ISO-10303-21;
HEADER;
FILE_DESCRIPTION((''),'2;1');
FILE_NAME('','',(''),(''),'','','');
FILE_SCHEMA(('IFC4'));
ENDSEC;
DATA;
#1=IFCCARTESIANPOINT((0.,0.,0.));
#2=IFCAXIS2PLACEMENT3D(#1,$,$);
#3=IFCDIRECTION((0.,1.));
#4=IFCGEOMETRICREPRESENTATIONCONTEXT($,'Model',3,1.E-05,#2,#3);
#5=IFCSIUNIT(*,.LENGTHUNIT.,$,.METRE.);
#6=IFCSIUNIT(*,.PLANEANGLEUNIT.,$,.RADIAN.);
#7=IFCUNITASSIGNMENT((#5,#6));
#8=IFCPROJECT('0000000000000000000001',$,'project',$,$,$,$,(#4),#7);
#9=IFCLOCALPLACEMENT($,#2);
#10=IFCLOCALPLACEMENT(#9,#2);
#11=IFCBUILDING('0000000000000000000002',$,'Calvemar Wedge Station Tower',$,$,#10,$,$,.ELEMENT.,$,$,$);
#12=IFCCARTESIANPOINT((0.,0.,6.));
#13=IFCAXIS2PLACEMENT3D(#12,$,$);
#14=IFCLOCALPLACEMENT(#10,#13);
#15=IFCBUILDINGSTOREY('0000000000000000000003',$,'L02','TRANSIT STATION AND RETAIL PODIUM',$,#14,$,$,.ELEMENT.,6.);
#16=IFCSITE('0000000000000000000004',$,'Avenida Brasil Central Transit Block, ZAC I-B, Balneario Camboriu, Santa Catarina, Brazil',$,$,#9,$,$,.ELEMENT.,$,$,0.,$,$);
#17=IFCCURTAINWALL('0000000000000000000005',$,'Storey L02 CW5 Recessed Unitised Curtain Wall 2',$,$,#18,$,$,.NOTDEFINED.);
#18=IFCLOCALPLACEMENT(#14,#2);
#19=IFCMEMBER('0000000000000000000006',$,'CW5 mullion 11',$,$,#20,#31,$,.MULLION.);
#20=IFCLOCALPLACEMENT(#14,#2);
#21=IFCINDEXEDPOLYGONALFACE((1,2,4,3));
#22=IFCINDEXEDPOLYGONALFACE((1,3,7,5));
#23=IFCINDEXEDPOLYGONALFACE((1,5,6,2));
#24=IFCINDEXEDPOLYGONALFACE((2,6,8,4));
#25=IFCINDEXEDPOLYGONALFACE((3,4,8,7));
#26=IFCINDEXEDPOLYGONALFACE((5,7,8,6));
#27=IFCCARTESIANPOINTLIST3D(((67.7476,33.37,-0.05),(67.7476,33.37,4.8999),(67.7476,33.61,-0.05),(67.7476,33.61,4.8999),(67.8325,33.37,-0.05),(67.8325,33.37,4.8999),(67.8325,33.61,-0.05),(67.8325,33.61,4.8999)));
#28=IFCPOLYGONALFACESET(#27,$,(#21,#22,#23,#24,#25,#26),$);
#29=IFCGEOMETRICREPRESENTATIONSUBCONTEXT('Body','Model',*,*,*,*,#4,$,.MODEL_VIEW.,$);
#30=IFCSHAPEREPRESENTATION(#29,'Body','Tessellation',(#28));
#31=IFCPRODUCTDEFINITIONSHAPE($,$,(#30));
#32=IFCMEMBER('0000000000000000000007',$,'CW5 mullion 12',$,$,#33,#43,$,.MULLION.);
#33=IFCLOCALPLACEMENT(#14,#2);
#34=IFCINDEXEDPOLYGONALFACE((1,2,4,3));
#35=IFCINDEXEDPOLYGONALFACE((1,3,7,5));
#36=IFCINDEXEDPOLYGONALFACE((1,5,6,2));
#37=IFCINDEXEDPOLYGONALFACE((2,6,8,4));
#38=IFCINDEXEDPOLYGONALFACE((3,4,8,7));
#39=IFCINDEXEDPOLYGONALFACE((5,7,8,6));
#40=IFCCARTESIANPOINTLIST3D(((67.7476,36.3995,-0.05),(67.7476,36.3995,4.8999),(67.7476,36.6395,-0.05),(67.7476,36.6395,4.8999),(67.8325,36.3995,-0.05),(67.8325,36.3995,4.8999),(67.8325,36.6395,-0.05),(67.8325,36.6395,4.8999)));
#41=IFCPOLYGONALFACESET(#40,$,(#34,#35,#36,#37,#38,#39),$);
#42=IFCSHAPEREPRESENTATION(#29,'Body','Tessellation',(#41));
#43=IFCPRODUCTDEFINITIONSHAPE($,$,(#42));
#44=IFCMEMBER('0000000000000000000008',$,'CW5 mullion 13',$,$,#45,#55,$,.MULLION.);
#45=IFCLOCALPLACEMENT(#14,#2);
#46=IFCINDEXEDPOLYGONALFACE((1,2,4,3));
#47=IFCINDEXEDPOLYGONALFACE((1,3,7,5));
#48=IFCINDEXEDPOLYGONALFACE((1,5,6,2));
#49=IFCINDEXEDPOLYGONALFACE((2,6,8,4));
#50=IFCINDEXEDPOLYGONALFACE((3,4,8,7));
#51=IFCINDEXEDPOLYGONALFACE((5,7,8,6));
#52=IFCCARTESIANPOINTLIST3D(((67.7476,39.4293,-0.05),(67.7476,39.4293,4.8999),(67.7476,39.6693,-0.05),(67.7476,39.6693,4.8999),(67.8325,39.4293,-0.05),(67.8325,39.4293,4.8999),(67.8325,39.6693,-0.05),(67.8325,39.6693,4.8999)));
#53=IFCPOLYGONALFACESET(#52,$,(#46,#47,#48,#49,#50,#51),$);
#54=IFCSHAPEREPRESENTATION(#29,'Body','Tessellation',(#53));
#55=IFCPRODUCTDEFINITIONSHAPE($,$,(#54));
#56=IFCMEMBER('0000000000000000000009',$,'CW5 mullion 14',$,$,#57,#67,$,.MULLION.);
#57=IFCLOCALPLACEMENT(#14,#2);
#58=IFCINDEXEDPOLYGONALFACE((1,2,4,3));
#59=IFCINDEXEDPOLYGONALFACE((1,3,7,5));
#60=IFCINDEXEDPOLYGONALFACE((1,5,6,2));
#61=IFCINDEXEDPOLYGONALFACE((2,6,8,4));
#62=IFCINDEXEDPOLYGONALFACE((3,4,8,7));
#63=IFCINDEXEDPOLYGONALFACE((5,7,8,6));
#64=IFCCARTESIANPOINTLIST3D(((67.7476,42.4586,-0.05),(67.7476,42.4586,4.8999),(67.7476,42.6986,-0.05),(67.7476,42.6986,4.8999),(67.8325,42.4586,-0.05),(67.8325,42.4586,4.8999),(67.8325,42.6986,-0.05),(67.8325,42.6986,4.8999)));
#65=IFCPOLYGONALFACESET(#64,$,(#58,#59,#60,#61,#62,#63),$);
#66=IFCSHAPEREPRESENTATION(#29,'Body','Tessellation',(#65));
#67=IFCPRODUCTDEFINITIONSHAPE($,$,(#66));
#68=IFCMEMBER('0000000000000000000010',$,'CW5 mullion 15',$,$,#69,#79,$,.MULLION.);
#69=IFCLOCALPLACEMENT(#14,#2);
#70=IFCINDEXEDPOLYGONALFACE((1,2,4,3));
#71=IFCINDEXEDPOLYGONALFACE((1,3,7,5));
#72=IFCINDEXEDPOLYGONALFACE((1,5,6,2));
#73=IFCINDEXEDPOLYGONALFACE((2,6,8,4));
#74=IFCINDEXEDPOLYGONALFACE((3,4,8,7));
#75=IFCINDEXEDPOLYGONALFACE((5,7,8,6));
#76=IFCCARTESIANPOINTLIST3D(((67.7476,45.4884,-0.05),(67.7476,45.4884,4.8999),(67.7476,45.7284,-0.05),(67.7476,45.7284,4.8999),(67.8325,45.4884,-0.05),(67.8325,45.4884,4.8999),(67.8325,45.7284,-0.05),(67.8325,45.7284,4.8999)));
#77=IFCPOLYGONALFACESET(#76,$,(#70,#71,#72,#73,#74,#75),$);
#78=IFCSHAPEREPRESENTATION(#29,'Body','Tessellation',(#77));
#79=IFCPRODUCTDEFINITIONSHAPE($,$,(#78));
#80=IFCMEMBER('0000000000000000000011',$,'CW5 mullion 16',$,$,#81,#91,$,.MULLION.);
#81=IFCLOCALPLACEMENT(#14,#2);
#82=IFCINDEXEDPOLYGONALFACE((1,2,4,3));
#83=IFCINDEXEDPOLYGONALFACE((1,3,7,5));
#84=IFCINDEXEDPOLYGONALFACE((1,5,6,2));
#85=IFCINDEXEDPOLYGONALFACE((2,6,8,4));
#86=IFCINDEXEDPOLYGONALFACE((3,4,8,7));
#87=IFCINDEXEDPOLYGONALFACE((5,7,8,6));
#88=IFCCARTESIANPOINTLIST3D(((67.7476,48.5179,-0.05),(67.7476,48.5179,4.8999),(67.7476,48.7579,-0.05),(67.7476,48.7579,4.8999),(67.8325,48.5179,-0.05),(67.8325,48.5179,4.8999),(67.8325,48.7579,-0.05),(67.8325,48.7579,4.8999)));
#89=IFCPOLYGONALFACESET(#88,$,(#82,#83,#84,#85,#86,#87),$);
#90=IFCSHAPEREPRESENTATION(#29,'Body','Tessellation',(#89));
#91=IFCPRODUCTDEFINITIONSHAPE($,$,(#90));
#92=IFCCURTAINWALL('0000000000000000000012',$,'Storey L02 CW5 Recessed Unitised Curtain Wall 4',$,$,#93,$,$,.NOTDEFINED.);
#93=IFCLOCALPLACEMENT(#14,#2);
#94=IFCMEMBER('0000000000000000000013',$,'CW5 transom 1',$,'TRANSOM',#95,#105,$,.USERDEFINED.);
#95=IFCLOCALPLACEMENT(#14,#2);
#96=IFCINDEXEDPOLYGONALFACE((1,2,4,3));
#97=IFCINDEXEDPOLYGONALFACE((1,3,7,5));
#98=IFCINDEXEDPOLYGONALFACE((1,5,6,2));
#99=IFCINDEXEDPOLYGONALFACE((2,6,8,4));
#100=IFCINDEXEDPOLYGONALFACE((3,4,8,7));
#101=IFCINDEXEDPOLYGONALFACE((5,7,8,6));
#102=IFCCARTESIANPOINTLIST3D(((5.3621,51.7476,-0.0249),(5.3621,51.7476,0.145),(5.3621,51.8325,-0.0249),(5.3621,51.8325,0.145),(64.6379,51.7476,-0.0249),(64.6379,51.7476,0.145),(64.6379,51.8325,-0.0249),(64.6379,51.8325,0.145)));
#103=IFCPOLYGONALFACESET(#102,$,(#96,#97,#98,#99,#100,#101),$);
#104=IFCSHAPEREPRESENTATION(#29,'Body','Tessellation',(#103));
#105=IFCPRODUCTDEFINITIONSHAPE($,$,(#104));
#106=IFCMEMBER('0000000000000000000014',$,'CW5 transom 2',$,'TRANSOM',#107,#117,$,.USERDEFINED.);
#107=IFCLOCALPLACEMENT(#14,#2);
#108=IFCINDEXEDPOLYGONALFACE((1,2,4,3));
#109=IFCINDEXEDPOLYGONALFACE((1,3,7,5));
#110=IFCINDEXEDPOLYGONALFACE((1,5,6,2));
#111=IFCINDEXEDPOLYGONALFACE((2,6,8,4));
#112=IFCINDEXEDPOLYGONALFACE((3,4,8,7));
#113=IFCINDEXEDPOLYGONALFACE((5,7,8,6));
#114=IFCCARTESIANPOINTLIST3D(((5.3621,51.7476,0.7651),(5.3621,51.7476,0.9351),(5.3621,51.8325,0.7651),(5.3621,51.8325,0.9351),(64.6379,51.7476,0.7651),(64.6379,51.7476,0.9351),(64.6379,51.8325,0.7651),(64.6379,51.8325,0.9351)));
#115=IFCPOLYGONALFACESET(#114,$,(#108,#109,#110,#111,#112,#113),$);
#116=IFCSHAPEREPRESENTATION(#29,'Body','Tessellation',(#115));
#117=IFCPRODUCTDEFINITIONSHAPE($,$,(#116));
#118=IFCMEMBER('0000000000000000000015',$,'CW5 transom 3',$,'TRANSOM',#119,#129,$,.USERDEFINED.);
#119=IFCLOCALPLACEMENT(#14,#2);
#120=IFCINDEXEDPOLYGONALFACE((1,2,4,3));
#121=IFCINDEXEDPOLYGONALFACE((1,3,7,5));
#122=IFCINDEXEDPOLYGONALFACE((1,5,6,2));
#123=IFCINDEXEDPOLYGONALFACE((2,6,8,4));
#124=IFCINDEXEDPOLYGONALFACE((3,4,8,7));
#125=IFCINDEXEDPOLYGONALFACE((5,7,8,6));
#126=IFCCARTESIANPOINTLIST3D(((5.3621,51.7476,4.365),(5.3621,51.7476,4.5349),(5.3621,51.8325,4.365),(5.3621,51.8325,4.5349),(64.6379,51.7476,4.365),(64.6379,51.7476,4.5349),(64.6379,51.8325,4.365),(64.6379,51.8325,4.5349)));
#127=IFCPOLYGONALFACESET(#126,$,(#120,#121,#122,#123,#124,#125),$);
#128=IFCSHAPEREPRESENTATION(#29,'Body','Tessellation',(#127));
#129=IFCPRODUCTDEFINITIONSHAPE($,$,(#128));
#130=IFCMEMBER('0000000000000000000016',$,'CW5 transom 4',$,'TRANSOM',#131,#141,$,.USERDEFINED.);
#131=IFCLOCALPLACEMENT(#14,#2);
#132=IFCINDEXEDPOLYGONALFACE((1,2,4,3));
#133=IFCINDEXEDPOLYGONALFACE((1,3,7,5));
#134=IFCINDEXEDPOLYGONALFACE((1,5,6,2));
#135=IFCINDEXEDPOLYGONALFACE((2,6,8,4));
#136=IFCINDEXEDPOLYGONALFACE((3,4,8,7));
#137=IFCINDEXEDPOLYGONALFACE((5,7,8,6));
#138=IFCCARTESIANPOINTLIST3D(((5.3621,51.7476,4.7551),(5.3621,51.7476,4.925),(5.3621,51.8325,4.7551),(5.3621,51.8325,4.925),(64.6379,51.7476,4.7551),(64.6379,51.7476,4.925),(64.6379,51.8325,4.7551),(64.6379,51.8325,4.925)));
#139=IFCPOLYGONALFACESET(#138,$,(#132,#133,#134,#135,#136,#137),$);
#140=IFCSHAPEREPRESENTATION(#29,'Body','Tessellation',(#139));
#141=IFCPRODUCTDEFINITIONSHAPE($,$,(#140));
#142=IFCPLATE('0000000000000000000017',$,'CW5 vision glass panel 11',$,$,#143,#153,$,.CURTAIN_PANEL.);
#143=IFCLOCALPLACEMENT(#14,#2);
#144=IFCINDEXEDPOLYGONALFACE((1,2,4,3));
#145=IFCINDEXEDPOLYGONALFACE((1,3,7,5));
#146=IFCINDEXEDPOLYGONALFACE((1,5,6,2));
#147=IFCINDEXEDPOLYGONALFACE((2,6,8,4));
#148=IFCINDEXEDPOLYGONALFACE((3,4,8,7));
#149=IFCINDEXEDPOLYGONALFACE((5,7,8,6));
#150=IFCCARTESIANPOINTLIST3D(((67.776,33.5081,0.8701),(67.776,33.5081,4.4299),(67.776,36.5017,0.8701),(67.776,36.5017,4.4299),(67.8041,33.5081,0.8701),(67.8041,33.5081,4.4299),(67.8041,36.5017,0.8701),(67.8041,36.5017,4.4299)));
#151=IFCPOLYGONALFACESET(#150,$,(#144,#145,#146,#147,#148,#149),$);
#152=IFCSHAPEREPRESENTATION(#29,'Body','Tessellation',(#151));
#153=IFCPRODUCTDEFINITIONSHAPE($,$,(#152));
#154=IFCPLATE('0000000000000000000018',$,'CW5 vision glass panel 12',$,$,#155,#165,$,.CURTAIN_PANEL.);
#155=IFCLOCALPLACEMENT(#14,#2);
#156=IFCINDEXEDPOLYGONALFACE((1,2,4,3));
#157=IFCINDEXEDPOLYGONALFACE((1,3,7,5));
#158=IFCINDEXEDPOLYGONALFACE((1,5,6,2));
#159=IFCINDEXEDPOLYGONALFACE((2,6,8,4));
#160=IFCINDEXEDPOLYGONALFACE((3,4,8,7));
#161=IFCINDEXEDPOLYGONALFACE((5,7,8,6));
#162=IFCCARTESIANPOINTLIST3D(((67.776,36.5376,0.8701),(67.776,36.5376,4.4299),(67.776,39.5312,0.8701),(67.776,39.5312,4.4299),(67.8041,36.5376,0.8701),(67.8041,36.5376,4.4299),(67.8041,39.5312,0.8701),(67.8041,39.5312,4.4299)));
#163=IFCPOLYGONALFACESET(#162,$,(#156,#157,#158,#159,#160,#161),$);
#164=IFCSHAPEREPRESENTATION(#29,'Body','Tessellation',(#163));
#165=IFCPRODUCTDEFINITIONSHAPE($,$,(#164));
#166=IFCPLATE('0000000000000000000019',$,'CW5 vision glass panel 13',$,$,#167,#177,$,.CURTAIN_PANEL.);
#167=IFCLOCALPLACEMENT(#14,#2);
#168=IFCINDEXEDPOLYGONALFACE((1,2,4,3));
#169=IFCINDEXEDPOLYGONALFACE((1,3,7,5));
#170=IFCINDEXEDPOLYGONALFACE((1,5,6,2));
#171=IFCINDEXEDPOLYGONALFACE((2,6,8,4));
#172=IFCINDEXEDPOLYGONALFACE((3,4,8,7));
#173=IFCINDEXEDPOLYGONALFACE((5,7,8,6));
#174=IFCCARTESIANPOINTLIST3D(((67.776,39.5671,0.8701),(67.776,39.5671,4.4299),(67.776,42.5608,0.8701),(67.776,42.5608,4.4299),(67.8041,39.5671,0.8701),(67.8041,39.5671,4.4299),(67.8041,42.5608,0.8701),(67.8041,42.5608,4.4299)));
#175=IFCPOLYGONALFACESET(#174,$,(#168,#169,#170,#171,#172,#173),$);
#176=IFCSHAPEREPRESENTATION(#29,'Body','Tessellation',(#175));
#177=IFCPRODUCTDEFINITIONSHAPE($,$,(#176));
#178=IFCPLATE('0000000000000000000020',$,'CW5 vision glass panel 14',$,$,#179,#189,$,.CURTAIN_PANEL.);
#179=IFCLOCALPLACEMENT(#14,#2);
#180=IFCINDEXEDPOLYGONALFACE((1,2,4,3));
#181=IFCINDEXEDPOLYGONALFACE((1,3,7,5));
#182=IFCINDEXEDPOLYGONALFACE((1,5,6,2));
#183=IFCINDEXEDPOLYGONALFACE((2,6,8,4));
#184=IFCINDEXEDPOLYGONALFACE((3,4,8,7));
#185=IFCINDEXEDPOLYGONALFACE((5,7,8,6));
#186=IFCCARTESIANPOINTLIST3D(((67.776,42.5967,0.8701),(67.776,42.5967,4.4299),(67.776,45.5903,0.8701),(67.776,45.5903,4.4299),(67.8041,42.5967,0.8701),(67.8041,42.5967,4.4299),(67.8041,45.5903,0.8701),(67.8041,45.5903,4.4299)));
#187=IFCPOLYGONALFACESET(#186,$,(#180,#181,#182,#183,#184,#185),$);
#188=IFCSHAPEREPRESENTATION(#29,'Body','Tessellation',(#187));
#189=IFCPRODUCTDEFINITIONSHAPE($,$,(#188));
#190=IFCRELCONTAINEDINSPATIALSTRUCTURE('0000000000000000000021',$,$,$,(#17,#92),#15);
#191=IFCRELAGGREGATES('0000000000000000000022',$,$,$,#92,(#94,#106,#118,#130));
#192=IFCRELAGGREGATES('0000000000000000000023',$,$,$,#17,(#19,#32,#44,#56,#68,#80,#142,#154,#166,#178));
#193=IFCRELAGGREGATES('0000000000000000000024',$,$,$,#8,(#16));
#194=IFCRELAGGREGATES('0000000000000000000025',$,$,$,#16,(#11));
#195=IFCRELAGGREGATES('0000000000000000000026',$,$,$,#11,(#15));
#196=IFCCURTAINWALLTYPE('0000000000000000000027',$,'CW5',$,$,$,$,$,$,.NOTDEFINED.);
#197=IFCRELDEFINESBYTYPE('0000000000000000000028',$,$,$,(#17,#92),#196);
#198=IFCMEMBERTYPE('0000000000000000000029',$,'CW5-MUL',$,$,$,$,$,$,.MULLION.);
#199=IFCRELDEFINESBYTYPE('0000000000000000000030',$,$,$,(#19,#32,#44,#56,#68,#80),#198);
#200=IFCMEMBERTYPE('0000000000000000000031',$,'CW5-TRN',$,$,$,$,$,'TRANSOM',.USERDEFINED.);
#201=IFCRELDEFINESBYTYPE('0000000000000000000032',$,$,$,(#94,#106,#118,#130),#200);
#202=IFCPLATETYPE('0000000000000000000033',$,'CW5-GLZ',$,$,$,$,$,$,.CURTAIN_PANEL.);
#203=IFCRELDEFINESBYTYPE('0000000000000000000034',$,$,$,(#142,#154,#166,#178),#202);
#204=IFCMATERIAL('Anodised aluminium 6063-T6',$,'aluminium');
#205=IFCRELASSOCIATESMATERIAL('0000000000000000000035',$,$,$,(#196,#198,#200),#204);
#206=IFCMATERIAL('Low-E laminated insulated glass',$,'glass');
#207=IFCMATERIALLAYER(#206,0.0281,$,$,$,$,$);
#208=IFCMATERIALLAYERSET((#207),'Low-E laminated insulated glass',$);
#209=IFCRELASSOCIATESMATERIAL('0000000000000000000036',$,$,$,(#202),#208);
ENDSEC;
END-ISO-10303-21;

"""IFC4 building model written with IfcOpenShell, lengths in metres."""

from ifc_helpers import new_model, si_unit, direction, frame, frame_2d, origin, origin_2d, place, context, subcontext, project, spatial, rectangle, extrude, source, transform, mapped, material, layer, layer_set, material_profile, profile_set, type_object, element, aggregate, save


model = new_model("IFC4")

# Units and contexts
model_context = context("Model", 3, precision=1e-05, world=origin(), true_north=direction((0.0, 1.0)))
body_context = subcontext(model_context, "Body", "Model", "MODEL_VIEW")
ifc_project = project(units=[si_unit("LENGTHUNIT", "METRE"), si_unit("PLANEANGLEUNIT", "RADIAN")], contexts=[model_context])

# Site, building, storey
site_placement = place(None, origin())
site = spatial("IfcSite", under=ifc_project, at=site_placement, Name="Avenida Brasil Central Transit Block, ZAC I-B, Balneario Camboriu, Santa Catarina, Brazil", CompositionType="ELEMENT", RefElevation=0.0)
building_placement = place(site_placement, origin())
building = spatial("IfcBuilding", under=site, at=building_placement, Name="Calvemar Wedge Station Tower", CompositionType="ELEMENT")
storey_placement = place(building_placement, frame((0.0, 0.0, 6.0)))
storey = spatial("IfcBuildingStorey", under=building, at=storey_placement, Name="L02", Description="TRANSIT STATION AND RETAIL PODIUM", CompositionType="ELEMENT", Elevation=6.0)

# Curtain walls, members
ifc_material_1 = material(Name="Anodised aluminium 6063-T6", Category="aluminium")
curtain_wall_type = type_object("IfcCurtainWallType", Name="CW5", PredefinedType="NOTDEFINED", material=ifc_material_1)
curtain_wall_1_placement = place(storey_placement, origin())
curtain_wall_1 = element("IfcCurtainWall", 1, at=curtain_wall_1_placement, inside=storey, type_object=curtain_wall_type, Name="Storey L02 CW5 Recessed Unitised Curtain Wall 2", PredefinedType="NOTDEFINED")
ifc_material_profile_1 = material_profile(ifc_material_1, rectangle(XDim=0.085, YDim=0.24, at=origin_2d()), Name="AL-MUL-85x240")
ifc_profile_set_1 = profile_set([ifc_material_profile_1], Name="Anodised aluminium 6063-T6")
member_type_1 = type_object("IfcMemberType", Name="CW5-MUL", PredefinedType="MULLION", material=ifc_profile_set_1)
shared_shape_1 = source(origin(), body_context, "Body", "SweptSolid", [
    extrude(rectangle(XDim=0.085, YDim=0.24, at=origin_2d()), origin(), (0.0, 0.0, 1.0), 4.95),
])
member_1_placement = place(storey_placement, frame((67.79, 33.49, -0.05), z_axis=(0.0, 0.0, 1.0), x_axis=(1.0, 0.0, 0.0)))
member_1 = element("IfcMember", 2, at=member_1_placement, type_object=member_type_1, Name="CW5 mullion 11", PredefinedType="MULLION", context=body_context, shape_type="MappedRepresentation", body=[
    mapped(shared_shape_1, transform((0.0, 0.0, 0.0), scale=1.0)),
])
member_2_placement = place(storey_placement, frame((67.79, 36.5195, -0.05), z_axis=(0.0, 0.0, 1.0), x_axis=(1.0, 0.0, 0.0)))
member_2 = element("IfcMember", 3, at=member_2_placement, type_object=member_type_1, Name="CW5 mullion 12", PredefinedType="MULLION", context=body_context, shape_type="MappedRepresentation", body=[
    mapped(shared_shape_1, transform((0.0, 0.0, 0.0), scale=1.0)),
])
member_3_placement = place(storey_placement, frame((67.79, 39.5493, -0.05), z_axis=(0.0, 0.0, 1.0), x_axis=(1.0, 0.0, 0.0)))
member_3 = element("IfcMember", 4, at=member_3_placement, type_object=member_type_1, Name="CW5 mullion 13", PredefinedType="MULLION", context=body_context, shape_type="MappedRepresentation", body=[
    mapped(shared_shape_1, transform((0.0, 0.0, 0.0), scale=1.0)),
])
member_4_placement = place(storey_placement, frame((67.79, 42.5786, -0.05), z_axis=(0.0, 0.0, 1.0), x_axis=(1.0, 0.0, 0.0)))
member_4 = element("IfcMember", 5, at=member_4_placement, type_object=member_type_1, Name="CW5 mullion 14", PredefinedType="MULLION", context=body_context, shape_type="MappedRepresentation", body=[
    mapped(shared_shape_1, transform((0.0, 0.0, 0.0), scale=1.0)),
])
member_5_placement = place(storey_placement, frame((67.79, 45.6084, -0.05), z_axis=(0.0, 0.0, 1.0), x_axis=(1.0, 0.0, 0.0)))
member_5 = element("IfcMember", 6, at=member_5_placement, type_object=member_type_1, Name="CW5 mullion 15", PredefinedType="MULLION", context=body_context, shape_type="MappedRepresentation", body=[
    mapped(shared_shape_1, transform((0.0, 0.0, 0.0), scale=1.0)),
])
member_6_placement = place(storey_placement, frame((67.79, 48.6379, -0.05), z_axis=(0.0, 0.0, 1.0), x_axis=(1.0, 0.0, 0.0)))
member_6 = element("IfcMember", 7, at=member_6_placement, type_object=member_type_1, Name="CW5 mullion 16", PredefinedType="MULLION", context=body_context, shape_type="MappedRepresentation", body=[
    mapped(shared_shape_1, transform((0.0, 0.0, 0.0), scale=1.0)),
])
curtain_wall_2_placement = place(storey_placement, origin())
curtain_wall_2 = element("IfcCurtainWall", 8, at=curtain_wall_2_placement, inside=storey, type_object=curtain_wall_type, Name="Storey L02 CW5 Recessed Unitised Curtain Wall 4", PredefinedType="NOTDEFINED")
ifc_material_profile_2 = material_profile(ifc_material_1, rectangle(XDim=0.085, YDim=0.1699, at=origin_2d()), Name="AL-TRN-85x170")
ifc_profile_set_2 = profile_set([ifc_material_profile_2], Name="Anodised aluminium 6063-T6")
member_type_2 = type_object("IfcMemberType", Name="CW5-TRN", ElementType="TRANSOM", PredefinedType="USERDEFINED", material=ifc_profile_set_2)
shared_shape_2 = source(origin(), body_context, "Body", "SweptSolid", [
    extrude(rectangle(XDim=0.085, YDim=0.1699, at=origin_2d()), origin(), (0.0, 0.0, 1.0), 59.2759),
])
member_7_placement = place(storey_placement, frame((64.6379, 51.79, 0.0601), z_axis=(-1.0, 0.0, 0.0), x_axis=(0.0, -1.0, 0.0)))
member_7 = element("IfcMember", 9, at=member_7_placement, type_object=member_type_2, Name="CW5 transom 1", ObjectType="TRANSOM", PredefinedType="USERDEFINED", context=body_context, shape_type="MappedRepresentation", body=[
    mapped(shared_shape_2, transform((0.0, 0.0, 0.0), scale=1.0)),
])
member_8_placement = place(storey_placement, frame((64.6379, 51.79, 0.8501), z_axis=(-1.0, 0.0, 0.0), x_axis=(0.0, -1.0, 0.0)))
member_8 = element("IfcMember", 10, at=member_8_placement, type_object=member_type_2, Name="CW5 transom 2", ObjectType="TRANSOM", PredefinedType="USERDEFINED", context=body_context, shape_type="MappedRepresentation", body=[
    mapped(shared_shape_2, transform((0.0, 0.0, 0.0), scale=1.0)),
])
member_9_placement = place(storey_placement, frame((64.6379, 51.79, 4.45), z_axis=(-1.0, 0.0, 0.0), x_axis=(0.0, -1.0, 0.0)))
member_9 = element("IfcMember", 11, at=member_9_placement, type_object=member_type_2, Name="CW5 transom 3", ObjectType="TRANSOM", PredefinedType="USERDEFINED", context=body_context, shape_type="MappedRepresentation", body=[
    mapped(shared_shape_2, transform((0.0, 0.0, 0.0), scale=1.0)),
])
member_10_placement = place(storey_placement, frame((64.6379, 51.79, 4.8401), z_axis=(-1.0, 0.0, 0.0), x_axis=(0.0, -1.0, 0.0)))
member_10 = element("IfcMember", 12, at=member_10_placement, type_object=member_type_2, Name="CW5 transom 4", ObjectType="TRANSOM", PredefinedType="USERDEFINED", context=body_context, shape_type="MappedRepresentation", body=[
    mapped(shared_shape_2, transform((0.0, 0.0, 0.0), scale=1.0)),
])
aggregate(curtain_wall_2, [member_7, member_8, member_9, member_10])

# Plates
ifc_material_2 = material(Name="Low-E laminated insulated glass", Category="glass")
ifc_layer_1 = layer(ifc_material_2, 0.0281)
ifc_layer_set_1 = layer_set([ifc_layer_1], Name="Low-E laminated insulated glass")
plate_type_1 = type_object("IfcPlateType", Name="CW5-GLZ", PredefinedType="CURTAIN_PANEL", material=ifc_layer_set_1)
plate_1_placement = place(storey_placement, frame((67.79, 33.5081, 0.8701), z_axis=(0.0, 0.0, 1.0), x_axis=(0.0, 1.0, 0.0)))
plate_1 = element("IfcPlate", 13, at=plate_1_placement, type_object=plate_type_1, Name="CW5 vision glass panel 11", PredefinedType="CURTAIN_PANEL", context=body_context, shape_type="SweptSolid", body=[
    extrude(rectangle(XDim=2.9937, YDim=0.0281, at=frame_2d((1.4968, 0.0))), origin(), (0.0, 0.0, 1.0), 3.5598),
])
plate_2_placement = place(storey_placement, frame((67.79, 36.5376, 0.8701), z_axis=(0.0, 0.0, 1.0), x_axis=(0.0, 1.0, 0.0)))
plate_2 = element("IfcPlate", 14, at=plate_2_placement, type_object=plate_type_1, Name="CW5 vision glass panel 12", PredefinedType="CURTAIN_PANEL", context=body_context, shape_type="SweptSolid", body=[
    extrude(rectangle(XDim=2.9937, YDim=0.0281, at=frame_2d((1.4968, 0.0))), origin(), (0.0, 0.0, 1.0), 3.5598),
])
plate_3_placement = place(storey_placement, frame((67.79, 39.5671, 0.8701), z_axis=(0.0, 0.0, 1.0), x_axis=(0.0, 1.0, 0.0)))
plate_3 = element("IfcPlate", 15, at=plate_3_placement, type_object=plate_type_1, Name="CW5 vision glass panel 13", PredefinedType="CURTAIN_PANEL", context=body_context, shape_type="SweptSolid", body=[
    extrude(rectangle(XDim=2.9937, YDim=0.0281, at=frame_2d((1.4968, 0.0))), origin(), (0.0, 0.0, 1.0), 3.5598),
])
plate_4_placement = place(storey_placement, frame((67.79, 42.5967, 0.8701), z_axis=(0.0, 0.0, 1.0), x_axis=(0.0, 1.0, 0.0)))
plate_4 = element("IfcPlate", 16, at=plate_4_placement, type_object=plate_type_1, Name="CW5 vision glass panel 14", PredefinedType="CURTAIN_PANEL", context=body_context, shape_type="SweptSolid", body=[
    extrude(rectangle(XDim=2.9937, YDim=0.0281, at=frame_2d((1.4968, 0.0))), origin(), (0.0, 0.0, 1.0), 3.5598),
])
aggregate(curtain_wall_1, [member_1, member_2, member_3, member_4, member_5, member_6, plate_1, plate_2, plate_3, plate_4])

save(model, "model.ifc")
